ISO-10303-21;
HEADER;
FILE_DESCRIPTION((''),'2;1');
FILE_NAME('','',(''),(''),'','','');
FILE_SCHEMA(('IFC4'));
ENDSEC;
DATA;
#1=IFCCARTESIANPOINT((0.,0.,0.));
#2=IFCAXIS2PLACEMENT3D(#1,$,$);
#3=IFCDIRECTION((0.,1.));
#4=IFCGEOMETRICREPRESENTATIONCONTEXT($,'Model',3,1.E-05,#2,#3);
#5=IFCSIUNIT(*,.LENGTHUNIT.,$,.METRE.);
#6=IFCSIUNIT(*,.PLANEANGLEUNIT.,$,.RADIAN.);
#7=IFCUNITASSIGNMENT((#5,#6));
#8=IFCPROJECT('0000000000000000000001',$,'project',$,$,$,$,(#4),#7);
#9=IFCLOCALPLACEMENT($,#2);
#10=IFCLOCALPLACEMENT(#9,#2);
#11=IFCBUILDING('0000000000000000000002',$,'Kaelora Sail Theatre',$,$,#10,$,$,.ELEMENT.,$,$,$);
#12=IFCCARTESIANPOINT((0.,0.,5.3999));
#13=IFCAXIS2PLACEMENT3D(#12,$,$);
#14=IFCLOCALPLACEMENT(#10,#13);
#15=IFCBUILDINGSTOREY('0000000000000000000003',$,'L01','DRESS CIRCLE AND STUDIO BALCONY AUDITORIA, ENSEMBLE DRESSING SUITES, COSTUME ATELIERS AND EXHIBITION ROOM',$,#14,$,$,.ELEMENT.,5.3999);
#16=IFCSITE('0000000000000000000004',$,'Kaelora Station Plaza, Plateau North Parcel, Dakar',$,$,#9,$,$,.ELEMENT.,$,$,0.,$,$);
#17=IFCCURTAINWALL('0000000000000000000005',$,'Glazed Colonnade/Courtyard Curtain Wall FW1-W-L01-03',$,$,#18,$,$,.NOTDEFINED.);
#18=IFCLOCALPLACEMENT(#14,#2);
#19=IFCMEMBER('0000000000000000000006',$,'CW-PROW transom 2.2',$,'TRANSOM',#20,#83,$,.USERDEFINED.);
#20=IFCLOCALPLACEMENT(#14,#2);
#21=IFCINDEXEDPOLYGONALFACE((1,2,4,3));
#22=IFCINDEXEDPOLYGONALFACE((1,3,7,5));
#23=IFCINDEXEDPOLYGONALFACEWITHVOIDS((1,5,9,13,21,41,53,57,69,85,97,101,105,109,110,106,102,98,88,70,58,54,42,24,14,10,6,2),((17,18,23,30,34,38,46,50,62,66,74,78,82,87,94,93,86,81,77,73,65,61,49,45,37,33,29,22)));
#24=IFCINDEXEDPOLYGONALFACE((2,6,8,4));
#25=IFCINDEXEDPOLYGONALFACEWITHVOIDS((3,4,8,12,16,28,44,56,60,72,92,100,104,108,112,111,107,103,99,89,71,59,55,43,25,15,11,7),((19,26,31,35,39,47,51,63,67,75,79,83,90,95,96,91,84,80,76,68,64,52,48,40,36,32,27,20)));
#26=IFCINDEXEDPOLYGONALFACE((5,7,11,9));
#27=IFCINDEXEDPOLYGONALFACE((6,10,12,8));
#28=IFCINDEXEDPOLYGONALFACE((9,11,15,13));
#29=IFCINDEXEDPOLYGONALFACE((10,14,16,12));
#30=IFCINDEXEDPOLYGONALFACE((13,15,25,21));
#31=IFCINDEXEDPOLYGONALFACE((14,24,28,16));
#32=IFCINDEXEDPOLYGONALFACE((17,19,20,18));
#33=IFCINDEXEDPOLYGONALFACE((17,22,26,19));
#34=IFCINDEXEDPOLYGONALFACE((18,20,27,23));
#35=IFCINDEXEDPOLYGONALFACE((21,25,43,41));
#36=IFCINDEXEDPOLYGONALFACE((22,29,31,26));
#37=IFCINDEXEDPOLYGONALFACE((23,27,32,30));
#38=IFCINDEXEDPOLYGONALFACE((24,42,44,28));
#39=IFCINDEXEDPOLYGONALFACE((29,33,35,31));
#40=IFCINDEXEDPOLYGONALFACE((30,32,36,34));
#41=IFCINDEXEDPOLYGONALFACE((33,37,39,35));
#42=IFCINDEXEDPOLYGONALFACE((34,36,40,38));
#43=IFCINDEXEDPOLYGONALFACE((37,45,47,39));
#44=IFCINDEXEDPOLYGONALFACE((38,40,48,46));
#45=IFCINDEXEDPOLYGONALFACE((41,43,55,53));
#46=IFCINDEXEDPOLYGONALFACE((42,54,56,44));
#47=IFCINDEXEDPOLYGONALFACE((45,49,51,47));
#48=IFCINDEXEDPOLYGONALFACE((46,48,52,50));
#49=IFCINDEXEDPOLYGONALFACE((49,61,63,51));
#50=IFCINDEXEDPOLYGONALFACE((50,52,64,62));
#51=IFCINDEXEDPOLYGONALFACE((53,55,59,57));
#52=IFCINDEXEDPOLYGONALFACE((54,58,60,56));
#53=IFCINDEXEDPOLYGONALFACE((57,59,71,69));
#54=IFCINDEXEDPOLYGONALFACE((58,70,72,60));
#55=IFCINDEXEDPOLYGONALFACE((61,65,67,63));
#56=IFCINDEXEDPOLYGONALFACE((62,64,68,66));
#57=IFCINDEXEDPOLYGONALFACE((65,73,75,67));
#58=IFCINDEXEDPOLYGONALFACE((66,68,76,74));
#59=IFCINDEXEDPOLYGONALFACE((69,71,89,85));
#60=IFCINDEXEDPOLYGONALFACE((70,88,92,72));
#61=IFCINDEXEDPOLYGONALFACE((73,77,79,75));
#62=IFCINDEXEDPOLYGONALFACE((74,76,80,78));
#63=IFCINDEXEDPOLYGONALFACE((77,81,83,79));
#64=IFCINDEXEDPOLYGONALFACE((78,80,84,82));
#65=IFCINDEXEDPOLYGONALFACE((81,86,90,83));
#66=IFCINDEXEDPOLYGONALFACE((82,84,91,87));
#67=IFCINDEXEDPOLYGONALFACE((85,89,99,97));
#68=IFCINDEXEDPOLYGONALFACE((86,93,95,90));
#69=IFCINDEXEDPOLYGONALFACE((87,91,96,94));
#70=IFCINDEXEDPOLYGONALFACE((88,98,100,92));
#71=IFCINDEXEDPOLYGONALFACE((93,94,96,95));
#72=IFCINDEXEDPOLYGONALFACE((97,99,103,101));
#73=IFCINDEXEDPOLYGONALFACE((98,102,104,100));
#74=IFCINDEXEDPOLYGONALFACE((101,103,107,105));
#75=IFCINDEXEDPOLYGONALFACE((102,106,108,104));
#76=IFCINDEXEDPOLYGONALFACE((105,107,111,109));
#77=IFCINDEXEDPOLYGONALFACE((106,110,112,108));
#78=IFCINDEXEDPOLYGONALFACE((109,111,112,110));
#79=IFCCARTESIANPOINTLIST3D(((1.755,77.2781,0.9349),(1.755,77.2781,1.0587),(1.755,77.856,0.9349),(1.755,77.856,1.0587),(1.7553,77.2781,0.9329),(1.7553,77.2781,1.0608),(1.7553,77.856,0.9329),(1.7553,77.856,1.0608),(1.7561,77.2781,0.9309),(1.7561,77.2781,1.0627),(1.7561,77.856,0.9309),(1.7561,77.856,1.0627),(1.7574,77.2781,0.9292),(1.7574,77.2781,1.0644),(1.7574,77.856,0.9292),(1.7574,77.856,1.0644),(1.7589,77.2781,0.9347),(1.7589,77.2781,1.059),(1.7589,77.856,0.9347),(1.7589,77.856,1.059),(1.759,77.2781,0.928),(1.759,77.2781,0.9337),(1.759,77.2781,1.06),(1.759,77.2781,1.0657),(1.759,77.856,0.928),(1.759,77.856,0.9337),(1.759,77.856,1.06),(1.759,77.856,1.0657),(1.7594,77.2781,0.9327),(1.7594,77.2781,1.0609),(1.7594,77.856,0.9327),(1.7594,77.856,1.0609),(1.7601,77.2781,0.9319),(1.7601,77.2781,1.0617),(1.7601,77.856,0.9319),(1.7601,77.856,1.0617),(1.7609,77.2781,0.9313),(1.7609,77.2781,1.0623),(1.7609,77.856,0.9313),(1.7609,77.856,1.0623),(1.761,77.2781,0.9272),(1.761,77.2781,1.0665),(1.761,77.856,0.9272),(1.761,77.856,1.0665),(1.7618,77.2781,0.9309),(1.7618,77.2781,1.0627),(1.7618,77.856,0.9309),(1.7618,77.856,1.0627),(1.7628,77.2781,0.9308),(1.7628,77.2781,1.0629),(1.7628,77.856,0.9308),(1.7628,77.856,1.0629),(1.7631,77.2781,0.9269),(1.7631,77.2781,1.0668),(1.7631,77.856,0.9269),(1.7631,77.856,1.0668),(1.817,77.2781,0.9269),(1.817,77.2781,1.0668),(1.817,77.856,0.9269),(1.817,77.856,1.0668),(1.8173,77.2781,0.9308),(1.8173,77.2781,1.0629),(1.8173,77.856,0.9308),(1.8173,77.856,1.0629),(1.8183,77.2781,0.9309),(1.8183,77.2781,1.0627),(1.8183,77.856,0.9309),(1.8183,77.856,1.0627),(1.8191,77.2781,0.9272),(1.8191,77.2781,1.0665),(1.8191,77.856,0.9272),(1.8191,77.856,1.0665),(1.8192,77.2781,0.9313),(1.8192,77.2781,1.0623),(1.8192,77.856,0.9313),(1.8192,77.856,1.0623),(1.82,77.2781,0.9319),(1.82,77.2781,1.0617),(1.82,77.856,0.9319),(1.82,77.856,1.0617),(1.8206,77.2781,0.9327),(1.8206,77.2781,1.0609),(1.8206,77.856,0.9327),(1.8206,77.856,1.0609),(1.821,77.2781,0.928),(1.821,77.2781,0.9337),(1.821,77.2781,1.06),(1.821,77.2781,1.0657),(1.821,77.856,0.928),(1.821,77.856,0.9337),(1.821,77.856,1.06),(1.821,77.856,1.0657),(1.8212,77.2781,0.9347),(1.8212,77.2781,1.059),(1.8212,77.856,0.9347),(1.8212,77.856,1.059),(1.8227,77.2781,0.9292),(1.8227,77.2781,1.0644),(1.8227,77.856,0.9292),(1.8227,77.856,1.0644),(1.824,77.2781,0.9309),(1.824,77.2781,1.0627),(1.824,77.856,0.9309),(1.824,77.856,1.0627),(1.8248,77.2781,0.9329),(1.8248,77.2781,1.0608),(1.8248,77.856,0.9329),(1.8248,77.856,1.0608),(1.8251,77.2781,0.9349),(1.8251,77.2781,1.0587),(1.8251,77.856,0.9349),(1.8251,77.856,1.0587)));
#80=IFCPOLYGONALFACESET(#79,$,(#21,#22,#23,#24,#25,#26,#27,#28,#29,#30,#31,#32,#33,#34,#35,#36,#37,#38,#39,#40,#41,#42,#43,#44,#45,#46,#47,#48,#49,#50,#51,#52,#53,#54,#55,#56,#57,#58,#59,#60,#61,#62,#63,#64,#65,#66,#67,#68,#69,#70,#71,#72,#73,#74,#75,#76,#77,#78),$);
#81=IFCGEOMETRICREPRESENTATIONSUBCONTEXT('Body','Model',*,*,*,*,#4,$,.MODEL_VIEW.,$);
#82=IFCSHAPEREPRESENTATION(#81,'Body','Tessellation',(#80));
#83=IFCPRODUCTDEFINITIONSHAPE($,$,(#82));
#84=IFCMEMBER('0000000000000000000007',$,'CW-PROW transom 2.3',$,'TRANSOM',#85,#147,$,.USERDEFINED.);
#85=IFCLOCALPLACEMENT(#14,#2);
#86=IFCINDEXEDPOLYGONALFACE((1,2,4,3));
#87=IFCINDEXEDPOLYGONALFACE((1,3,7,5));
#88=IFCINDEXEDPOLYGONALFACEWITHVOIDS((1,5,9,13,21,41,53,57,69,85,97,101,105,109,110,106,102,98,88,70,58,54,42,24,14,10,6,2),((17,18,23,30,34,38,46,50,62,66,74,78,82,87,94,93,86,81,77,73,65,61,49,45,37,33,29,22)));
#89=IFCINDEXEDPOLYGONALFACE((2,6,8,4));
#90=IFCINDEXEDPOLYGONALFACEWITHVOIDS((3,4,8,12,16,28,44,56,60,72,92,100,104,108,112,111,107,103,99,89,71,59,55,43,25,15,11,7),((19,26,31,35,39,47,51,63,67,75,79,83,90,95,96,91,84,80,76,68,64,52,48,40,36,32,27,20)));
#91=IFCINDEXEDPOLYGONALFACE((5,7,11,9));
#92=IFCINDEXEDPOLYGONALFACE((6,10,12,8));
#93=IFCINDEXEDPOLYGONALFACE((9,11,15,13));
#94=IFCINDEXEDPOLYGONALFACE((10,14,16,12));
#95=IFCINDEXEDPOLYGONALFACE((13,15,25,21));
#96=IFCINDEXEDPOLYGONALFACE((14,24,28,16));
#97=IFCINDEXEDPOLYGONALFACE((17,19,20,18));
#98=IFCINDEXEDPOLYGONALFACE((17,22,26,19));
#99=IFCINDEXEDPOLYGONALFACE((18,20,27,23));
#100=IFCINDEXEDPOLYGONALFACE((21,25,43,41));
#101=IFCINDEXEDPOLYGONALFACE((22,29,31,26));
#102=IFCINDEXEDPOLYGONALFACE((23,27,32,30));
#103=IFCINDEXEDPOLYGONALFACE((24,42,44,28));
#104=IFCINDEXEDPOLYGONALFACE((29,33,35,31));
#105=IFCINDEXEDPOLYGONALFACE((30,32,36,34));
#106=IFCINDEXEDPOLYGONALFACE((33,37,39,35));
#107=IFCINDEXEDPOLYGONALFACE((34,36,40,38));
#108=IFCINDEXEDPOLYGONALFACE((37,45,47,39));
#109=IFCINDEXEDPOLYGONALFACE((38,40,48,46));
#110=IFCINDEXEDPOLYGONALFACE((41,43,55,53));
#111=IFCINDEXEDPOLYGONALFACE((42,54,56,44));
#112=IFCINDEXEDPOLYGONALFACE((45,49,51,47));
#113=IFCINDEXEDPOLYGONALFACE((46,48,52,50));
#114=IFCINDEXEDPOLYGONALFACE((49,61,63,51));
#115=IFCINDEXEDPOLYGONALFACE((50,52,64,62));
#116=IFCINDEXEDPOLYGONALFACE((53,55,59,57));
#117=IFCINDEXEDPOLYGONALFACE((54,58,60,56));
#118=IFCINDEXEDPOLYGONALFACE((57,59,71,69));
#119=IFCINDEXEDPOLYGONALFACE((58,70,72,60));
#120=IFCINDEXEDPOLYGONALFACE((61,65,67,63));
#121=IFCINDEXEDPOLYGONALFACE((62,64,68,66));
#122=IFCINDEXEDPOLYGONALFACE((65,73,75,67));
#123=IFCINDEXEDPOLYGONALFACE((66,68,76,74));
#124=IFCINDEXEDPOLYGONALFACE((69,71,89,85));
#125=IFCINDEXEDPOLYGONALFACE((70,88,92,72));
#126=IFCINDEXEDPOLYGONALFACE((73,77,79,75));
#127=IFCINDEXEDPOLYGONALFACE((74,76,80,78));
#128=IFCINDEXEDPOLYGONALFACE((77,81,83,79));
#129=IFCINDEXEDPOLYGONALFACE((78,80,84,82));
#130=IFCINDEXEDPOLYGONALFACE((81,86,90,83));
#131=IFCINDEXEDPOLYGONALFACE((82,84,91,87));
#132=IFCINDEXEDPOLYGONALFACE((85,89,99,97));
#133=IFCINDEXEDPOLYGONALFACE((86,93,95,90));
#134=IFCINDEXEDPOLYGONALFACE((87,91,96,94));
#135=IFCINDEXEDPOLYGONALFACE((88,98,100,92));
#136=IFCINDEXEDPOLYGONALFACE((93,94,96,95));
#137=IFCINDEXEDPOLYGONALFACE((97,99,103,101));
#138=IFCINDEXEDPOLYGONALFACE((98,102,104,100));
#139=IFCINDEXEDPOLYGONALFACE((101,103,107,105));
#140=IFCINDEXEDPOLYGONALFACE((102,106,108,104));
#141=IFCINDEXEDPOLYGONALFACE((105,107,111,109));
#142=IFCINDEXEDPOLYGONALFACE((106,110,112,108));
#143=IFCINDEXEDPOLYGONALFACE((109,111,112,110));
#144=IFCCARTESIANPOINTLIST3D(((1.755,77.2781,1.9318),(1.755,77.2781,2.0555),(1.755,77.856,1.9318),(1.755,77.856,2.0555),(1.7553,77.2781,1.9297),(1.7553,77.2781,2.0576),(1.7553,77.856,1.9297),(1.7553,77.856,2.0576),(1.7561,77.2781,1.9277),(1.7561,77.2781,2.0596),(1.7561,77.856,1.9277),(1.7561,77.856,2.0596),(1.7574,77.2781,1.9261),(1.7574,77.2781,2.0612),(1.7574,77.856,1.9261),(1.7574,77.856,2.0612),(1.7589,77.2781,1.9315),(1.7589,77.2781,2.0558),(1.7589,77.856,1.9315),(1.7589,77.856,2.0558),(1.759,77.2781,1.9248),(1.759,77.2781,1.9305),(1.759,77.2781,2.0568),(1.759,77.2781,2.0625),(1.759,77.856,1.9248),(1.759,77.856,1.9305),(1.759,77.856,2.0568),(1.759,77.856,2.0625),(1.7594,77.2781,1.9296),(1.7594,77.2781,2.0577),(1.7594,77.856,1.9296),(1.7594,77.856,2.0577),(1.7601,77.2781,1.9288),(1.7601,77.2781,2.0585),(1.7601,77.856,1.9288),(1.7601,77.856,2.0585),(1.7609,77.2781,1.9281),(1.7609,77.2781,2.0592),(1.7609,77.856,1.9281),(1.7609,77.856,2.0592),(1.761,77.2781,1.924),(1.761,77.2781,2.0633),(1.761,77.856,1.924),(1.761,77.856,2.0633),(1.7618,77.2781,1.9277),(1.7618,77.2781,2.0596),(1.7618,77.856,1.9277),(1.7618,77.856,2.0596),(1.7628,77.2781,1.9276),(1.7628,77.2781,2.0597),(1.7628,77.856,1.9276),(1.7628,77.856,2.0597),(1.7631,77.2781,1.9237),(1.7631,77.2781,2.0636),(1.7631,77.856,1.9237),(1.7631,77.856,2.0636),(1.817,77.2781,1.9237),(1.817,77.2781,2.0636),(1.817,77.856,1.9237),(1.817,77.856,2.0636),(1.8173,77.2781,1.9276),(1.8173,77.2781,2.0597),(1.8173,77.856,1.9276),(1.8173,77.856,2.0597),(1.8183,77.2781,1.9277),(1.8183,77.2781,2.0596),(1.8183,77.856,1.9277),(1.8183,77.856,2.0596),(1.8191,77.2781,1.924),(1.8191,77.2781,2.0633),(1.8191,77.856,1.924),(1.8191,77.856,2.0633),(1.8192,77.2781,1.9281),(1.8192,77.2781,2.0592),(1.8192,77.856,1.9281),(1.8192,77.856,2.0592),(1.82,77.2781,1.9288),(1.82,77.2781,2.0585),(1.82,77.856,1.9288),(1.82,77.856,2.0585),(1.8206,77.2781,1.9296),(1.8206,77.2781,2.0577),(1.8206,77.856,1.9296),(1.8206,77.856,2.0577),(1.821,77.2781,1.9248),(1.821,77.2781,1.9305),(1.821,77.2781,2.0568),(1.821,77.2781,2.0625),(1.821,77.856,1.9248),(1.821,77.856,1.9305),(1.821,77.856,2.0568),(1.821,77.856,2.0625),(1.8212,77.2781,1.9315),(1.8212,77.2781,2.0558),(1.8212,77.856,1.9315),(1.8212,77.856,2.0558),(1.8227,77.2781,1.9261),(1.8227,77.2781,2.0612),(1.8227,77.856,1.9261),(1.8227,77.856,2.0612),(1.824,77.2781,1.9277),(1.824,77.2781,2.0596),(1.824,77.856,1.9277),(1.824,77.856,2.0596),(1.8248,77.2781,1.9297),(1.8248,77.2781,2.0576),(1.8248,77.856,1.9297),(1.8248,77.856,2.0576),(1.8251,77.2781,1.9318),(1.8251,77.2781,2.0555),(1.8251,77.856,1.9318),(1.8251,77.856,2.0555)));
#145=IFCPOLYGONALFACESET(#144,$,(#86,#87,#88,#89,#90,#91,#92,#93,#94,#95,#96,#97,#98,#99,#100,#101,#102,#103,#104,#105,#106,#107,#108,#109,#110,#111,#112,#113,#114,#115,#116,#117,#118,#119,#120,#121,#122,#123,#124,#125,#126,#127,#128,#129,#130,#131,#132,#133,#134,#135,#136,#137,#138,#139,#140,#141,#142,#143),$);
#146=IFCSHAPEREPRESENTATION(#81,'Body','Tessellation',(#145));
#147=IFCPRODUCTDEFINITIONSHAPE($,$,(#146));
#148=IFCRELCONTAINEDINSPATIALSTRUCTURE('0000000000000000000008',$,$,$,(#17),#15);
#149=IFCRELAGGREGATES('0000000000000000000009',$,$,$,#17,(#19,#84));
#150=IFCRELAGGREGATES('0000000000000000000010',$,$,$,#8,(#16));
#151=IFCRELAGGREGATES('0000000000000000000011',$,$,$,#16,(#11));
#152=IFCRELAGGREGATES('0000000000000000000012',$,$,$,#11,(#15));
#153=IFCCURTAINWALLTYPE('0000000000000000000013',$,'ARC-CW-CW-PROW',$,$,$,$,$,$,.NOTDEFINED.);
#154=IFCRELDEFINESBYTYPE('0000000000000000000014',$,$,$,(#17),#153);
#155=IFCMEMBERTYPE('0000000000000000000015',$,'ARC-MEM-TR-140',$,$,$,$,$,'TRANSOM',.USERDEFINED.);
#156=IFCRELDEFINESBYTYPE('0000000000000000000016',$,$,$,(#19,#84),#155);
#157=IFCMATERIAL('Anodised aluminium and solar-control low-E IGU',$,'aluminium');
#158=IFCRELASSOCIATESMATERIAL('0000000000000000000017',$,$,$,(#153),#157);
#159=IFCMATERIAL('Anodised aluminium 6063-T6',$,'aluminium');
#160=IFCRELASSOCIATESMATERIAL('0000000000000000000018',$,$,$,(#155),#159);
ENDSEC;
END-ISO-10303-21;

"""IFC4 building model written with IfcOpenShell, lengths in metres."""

from ifc_helpers import new_model, si_unit, direction, frame, origin, origin_2d, place, context, subcontext, project, spatial, hollow_rectangle, extrude, material, material_profile, profile_set, type_object, element, aggregate, save


model = new_model("IFC4")

# Units and contexts
model_context = context("Model", 3, precision=1e-05, world=origin(), true_north=direction((0.0, 1.0)))
body_context = subcontext(model_context, "Body", "Model", "MODEL_VIEW")
ifc_project = project(units=[si_unit("LENGTHUNIT", "METRE"), si_unit("PLANEANGLEUNIT", "RADIAN")], contexts=[model_context])

# Site, building, storey
site_placement = place(None, origin())
site = spatial("IfcSite", under=ifc_project, at=site_placement, Name="Kaelora Station Plaza, Plateau North Parcel, Dakar", CompositionType="ELEMENT", RefElevation=0.0)
building_placement = place(site_placement, origin())
building = spatial("IfcBuilding", under=site, at=building_placement, Name="Kaelora Sail Theatre", CompositionType="ELEMENT")
storey_placement = place(building_placement, frame((0.0, 0.0, 5.3999)))
storey = spatial("IfcBuildingStorey", under=building, at=storey_placement, Name="L01", Description="DRESS CIRCLE AND STUDIO BALCONY AUDITORIA, ENSEMBLE DRESSING SUITES, COSTUME ATELIERS AND EXHIBITION ROOM", CompositionType="ELEMENT", Elevation=5.3999)

# Shared definitions
ifc_material_1 = material(Name="Anodised aluminium and solar-control low-E IGU", Category="aluminium")
curtain_wall_type = type_object("IfcCurtainWallType", Name="ARC-CW-CW-PROW", PredefinedType="NOTDEFINED", material=ifc_material_1)

# Curtain wall, members
curtain_wall_1_placement = place(storey_placement, origin())
curtain_wall_1 = element("IfcCurtainWall", 1, at=curtain_wall_1_placement, inside=storey, type_object=curtain_wall_type, Name="Glazed Colonnade/Courtyard Curtain Wall FW1-W-L01-03", PredefinedType="NOTDEFINED")
ifc_material_2 = material(Name="Anodised aluminium 6063-T6", Category="aluminium")
ifc_material_profile_1 = material_profile(ifc_material_2, hollow_rectangle(XDim=0.0701, YDim=0.1399, WallThickness=0.0039, InnerFilletRadius=0.0039, OuterFilletRadius=0.0081, at=origin_2d()), Name="ALU-TRAN 70x140x4")
ifc_profile_set_1 = profile_set([ifc_material_profile_1], Name="Anodised aluminium 6063-T6")
member_type_1 = type_object("IfcMemberType", Name="ARC-MEM-TR-140", ElementType="TRANSOM", PredefinedType="USERDEFINED", material=ifc_profile_set_1)
member_1_placement = place(storey_placement, frame((1.79, 77.2781, 0.9968), z_axis=(0.0, 1.0, 0.0), x_axis=(-1.0, 0.0, 0.0)))
member_1 = element("IfcMember", 2, at=member_1_placement, type_object=member_type_1, Name="CW-PROW transom 2.2", ObjectType="TRANSOM", PredefinedType="USERDEFINED", context=body_context, shape_type="SweptSolid", body=[
    extrude(hollow_rectangle(XDim=0.0701, YDim=0.1399, WallThickness=0.0039, InnerFilletRadius=0.0039, OuterFilletRadius=0.0081, at=origin_2d()), origin(), (0.0, 0.0, 1.0), 0.5779),
])
member_2_placement = place(storey_placement, frame((1.79, 77.2781, 1.9937), z_axis=(0.0, 1.0, 0.0), x_axis=(-1.0, 0.0, 0.0)))
member_2 = element("IfcMember", 3, at=member_2_placement, type_object=member_type_1, Name="CW-PROW transom 2.3", ObjectType="TRANSOM", PredefinedType="USERDEFINED", context=body_context, shape_type="SweptSolid", body=[
    extrude(hollow_rectangle(XDim=0.0701, YDim=0.1399, WallThickness=0.0039, InnerFilletRadius=0.0039, OuterFilletRadius=0.0081, at=origin_2d()), origin(), (0.0, 0.0, 1.0), 0.5779),
])

aggregate(curtain_wall_1, [member_1, member_2])

save(model, "model.ifc")
